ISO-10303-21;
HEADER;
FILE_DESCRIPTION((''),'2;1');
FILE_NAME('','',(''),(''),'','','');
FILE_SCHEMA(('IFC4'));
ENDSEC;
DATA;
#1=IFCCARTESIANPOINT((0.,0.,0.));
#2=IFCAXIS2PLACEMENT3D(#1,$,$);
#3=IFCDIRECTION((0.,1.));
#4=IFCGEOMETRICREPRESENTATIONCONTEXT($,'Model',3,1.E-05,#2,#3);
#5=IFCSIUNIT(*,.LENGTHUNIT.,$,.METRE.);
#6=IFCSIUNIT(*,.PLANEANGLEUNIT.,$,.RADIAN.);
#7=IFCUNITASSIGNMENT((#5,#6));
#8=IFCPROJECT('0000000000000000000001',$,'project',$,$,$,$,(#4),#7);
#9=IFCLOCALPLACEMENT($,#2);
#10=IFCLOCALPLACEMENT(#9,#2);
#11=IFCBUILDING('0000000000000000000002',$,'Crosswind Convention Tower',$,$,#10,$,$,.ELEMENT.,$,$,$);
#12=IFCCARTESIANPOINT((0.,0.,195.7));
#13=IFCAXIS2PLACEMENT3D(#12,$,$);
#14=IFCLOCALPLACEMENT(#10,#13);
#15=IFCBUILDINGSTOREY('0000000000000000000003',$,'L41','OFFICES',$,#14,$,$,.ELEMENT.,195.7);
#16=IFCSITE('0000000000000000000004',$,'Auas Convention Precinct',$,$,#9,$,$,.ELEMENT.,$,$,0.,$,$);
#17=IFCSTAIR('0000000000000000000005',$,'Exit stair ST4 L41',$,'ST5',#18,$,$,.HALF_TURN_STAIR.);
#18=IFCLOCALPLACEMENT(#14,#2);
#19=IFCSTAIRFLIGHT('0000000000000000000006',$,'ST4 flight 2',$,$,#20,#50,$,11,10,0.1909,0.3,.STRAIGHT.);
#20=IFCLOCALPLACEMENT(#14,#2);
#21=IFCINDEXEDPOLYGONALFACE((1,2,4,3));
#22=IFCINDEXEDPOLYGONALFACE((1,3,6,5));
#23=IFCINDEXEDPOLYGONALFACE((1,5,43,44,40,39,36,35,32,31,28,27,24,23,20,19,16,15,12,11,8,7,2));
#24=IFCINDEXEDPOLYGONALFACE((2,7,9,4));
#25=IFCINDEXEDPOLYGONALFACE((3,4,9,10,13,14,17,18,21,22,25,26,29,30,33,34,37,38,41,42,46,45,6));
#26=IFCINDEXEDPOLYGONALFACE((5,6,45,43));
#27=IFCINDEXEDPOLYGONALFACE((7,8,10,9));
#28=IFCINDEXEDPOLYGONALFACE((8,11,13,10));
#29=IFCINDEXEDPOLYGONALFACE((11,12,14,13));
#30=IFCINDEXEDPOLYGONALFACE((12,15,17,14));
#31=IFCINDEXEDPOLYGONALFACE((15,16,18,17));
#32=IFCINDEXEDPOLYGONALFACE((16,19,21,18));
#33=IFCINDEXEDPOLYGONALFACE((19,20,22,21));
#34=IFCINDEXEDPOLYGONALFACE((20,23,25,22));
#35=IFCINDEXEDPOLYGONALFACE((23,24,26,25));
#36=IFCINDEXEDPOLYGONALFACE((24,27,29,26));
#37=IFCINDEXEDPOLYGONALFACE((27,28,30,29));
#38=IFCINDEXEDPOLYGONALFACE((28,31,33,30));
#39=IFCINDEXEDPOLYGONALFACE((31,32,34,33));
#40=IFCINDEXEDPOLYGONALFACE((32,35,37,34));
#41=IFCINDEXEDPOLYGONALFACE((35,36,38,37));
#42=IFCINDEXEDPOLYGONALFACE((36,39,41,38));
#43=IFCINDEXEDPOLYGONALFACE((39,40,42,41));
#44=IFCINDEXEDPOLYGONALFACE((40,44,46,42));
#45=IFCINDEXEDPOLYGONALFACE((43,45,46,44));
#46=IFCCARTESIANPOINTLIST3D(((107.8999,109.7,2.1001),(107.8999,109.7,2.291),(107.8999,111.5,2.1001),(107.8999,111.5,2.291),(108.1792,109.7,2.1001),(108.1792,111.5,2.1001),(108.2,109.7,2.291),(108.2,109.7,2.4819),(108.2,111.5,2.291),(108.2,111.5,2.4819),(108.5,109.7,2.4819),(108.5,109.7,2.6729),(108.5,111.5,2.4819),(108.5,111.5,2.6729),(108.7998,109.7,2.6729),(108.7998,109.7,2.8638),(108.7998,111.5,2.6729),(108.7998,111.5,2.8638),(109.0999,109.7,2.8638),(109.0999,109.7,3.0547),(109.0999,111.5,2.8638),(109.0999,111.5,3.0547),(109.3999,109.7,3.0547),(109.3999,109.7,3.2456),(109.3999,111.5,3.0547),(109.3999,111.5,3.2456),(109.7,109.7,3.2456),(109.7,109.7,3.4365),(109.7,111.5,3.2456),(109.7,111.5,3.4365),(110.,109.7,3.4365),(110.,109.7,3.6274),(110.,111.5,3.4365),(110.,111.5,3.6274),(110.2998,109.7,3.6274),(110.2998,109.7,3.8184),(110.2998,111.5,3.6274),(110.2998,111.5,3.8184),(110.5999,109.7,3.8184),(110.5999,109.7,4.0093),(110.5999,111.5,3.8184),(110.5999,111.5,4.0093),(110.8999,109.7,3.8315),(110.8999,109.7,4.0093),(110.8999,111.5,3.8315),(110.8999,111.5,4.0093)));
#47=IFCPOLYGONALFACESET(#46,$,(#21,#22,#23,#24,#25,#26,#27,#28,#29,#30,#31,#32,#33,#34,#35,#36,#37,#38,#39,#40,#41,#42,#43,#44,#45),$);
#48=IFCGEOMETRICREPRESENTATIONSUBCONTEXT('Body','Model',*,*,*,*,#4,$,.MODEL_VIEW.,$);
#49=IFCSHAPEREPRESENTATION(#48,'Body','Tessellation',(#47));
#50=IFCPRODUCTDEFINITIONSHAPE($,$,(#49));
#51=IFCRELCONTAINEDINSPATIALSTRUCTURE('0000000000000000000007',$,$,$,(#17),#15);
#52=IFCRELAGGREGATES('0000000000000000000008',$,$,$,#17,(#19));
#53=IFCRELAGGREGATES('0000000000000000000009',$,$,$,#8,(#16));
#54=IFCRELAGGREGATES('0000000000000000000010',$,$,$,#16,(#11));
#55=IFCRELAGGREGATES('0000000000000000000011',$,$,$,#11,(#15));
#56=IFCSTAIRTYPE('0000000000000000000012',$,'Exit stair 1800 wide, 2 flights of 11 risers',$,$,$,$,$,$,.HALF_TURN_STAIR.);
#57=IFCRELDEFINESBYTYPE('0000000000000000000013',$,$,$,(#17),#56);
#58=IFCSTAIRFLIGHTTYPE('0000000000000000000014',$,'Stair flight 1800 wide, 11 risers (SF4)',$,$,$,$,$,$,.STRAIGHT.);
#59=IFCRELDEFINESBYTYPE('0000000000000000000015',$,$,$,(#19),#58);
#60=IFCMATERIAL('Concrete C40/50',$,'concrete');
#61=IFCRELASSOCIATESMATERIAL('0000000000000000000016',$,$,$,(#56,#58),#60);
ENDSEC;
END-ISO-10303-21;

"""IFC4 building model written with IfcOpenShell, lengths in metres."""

from ifc_helpers import new_model, si_unit, direction, frame, origin, place, context, subcontext, project, spatial, polyline, outline, extrude, material, type_object, element, aggregate, save


model = new_model("IFC4")

# Units and contexts
model_context = context("Model", 3, precision=1e-05, world=origin(), true_north=direction((0.0, 1.0)))
body_context = subcontext(model_context, "Body", "Model", "MODEL_VIEW")
ifc_project = project(units=[si_unit("LENGTHUNIT", "METRE"), si_unit("PLANEANGLEUNIT", "RADIAN")], contexts=[model_context])

# Site, building, storey
site_placement = place(None, origin())
site = spatial("IfcSite", under=ifc_project, at=site_placement, Name="Auas Convention Precinct", CompositionType="ELEMENT", RefElevation=0.0)
building_placement = place(site_placement, origin())
building = spatial("IfcBuilding", under=site, at=building_placement, Name="Crosswind Convention Tower", CompositionType="ELEMENT")
storey_placement = place(building_placement, frame((0.0, 0.0, 195.7)))
storey = spatial("IfcBuildingStorey", under=building, at=storey_placement, Name="L41", Description="OFFICES", CompositionType="ELEMENT", Elevation=195.7)

# Stair, stair flight
ifc_material_1 = material(Name="Concrete C40/50", Category="concrete")
stair_type = type_object("IfcStairType", Name="Exit stair 1800 wide, 2 flights of 11 risers", PredefinedType="HALF_TURN_STAIR", material=ifc_material_1)
stair_placement = place(storey_placement, origin())
stair = element("IfcStair", 1, at=stair_placement, inside=storey, type_object=stair_type, Name="Exit stair ST4 L41", ObjectType="ST5", PredefinedType="HALF_TURN_STAIR")
stair_flight_type = type_object("IfcStairFlightType", Name="Stair flight 1800 wide, 11 risers (SF4)", PredefinedType="STRAIGHT", material=ifc_material_1)
stair_flight_placement = place(storey_placement, frame((107.8999, 110.6001, 2.1001), z_axis=(0.0, 0.0, 1.0), x_axis=(1.0, 0.0, 0.0)))
stair_flight = element("IfcStairFlight", 2, at=stair_flight_placement, type_object=stair_flight_type, Name="ST4 flight 2", NumberOfRisers=11, NumberOfTreads=10, PredefinedType="STRAIGHT", RiserHeight=0.1909, TreadLength=0.3, context=body_context, shape_type="SweptSolid", body=[
    extrude(outline(polyline([(0.0, 0.0), (0.0, 0.1909), (0.3, 0.1909), (0.3, 0.3818), (0.6001, 0.3818), (0.6001, 0.5728), (0.8999, 0.5728), (0.8999, 0.7637), (1.2, 0.7637), (1.2, 0.9546), (1.5, 0.9546), (1.5, 1.1455), (1.8, 1.1455), (1.8, 1.3364), (2.1001, 1.3364), (2.1001, 1.5273), (2.3999, 1.5273), (2.3999, 1.7183), (2.7, 1.7183), (2.7, 1.9092), (3.0, 1.9092), (3.0, 2.1001), (3.0, 1.7314), (0.2793, 0.0), (0.0, 0.0)])), frame((0.0, 0.8999, 0.0), z_axis=(0.0, -1.0, 0.0), x_axis=(1.0, 0.0, 0.0)), (0.0, 0.0, 1.0), 1.8),
])
aggregate(stair, [stair_flight])

save(model, "model.ifc")
